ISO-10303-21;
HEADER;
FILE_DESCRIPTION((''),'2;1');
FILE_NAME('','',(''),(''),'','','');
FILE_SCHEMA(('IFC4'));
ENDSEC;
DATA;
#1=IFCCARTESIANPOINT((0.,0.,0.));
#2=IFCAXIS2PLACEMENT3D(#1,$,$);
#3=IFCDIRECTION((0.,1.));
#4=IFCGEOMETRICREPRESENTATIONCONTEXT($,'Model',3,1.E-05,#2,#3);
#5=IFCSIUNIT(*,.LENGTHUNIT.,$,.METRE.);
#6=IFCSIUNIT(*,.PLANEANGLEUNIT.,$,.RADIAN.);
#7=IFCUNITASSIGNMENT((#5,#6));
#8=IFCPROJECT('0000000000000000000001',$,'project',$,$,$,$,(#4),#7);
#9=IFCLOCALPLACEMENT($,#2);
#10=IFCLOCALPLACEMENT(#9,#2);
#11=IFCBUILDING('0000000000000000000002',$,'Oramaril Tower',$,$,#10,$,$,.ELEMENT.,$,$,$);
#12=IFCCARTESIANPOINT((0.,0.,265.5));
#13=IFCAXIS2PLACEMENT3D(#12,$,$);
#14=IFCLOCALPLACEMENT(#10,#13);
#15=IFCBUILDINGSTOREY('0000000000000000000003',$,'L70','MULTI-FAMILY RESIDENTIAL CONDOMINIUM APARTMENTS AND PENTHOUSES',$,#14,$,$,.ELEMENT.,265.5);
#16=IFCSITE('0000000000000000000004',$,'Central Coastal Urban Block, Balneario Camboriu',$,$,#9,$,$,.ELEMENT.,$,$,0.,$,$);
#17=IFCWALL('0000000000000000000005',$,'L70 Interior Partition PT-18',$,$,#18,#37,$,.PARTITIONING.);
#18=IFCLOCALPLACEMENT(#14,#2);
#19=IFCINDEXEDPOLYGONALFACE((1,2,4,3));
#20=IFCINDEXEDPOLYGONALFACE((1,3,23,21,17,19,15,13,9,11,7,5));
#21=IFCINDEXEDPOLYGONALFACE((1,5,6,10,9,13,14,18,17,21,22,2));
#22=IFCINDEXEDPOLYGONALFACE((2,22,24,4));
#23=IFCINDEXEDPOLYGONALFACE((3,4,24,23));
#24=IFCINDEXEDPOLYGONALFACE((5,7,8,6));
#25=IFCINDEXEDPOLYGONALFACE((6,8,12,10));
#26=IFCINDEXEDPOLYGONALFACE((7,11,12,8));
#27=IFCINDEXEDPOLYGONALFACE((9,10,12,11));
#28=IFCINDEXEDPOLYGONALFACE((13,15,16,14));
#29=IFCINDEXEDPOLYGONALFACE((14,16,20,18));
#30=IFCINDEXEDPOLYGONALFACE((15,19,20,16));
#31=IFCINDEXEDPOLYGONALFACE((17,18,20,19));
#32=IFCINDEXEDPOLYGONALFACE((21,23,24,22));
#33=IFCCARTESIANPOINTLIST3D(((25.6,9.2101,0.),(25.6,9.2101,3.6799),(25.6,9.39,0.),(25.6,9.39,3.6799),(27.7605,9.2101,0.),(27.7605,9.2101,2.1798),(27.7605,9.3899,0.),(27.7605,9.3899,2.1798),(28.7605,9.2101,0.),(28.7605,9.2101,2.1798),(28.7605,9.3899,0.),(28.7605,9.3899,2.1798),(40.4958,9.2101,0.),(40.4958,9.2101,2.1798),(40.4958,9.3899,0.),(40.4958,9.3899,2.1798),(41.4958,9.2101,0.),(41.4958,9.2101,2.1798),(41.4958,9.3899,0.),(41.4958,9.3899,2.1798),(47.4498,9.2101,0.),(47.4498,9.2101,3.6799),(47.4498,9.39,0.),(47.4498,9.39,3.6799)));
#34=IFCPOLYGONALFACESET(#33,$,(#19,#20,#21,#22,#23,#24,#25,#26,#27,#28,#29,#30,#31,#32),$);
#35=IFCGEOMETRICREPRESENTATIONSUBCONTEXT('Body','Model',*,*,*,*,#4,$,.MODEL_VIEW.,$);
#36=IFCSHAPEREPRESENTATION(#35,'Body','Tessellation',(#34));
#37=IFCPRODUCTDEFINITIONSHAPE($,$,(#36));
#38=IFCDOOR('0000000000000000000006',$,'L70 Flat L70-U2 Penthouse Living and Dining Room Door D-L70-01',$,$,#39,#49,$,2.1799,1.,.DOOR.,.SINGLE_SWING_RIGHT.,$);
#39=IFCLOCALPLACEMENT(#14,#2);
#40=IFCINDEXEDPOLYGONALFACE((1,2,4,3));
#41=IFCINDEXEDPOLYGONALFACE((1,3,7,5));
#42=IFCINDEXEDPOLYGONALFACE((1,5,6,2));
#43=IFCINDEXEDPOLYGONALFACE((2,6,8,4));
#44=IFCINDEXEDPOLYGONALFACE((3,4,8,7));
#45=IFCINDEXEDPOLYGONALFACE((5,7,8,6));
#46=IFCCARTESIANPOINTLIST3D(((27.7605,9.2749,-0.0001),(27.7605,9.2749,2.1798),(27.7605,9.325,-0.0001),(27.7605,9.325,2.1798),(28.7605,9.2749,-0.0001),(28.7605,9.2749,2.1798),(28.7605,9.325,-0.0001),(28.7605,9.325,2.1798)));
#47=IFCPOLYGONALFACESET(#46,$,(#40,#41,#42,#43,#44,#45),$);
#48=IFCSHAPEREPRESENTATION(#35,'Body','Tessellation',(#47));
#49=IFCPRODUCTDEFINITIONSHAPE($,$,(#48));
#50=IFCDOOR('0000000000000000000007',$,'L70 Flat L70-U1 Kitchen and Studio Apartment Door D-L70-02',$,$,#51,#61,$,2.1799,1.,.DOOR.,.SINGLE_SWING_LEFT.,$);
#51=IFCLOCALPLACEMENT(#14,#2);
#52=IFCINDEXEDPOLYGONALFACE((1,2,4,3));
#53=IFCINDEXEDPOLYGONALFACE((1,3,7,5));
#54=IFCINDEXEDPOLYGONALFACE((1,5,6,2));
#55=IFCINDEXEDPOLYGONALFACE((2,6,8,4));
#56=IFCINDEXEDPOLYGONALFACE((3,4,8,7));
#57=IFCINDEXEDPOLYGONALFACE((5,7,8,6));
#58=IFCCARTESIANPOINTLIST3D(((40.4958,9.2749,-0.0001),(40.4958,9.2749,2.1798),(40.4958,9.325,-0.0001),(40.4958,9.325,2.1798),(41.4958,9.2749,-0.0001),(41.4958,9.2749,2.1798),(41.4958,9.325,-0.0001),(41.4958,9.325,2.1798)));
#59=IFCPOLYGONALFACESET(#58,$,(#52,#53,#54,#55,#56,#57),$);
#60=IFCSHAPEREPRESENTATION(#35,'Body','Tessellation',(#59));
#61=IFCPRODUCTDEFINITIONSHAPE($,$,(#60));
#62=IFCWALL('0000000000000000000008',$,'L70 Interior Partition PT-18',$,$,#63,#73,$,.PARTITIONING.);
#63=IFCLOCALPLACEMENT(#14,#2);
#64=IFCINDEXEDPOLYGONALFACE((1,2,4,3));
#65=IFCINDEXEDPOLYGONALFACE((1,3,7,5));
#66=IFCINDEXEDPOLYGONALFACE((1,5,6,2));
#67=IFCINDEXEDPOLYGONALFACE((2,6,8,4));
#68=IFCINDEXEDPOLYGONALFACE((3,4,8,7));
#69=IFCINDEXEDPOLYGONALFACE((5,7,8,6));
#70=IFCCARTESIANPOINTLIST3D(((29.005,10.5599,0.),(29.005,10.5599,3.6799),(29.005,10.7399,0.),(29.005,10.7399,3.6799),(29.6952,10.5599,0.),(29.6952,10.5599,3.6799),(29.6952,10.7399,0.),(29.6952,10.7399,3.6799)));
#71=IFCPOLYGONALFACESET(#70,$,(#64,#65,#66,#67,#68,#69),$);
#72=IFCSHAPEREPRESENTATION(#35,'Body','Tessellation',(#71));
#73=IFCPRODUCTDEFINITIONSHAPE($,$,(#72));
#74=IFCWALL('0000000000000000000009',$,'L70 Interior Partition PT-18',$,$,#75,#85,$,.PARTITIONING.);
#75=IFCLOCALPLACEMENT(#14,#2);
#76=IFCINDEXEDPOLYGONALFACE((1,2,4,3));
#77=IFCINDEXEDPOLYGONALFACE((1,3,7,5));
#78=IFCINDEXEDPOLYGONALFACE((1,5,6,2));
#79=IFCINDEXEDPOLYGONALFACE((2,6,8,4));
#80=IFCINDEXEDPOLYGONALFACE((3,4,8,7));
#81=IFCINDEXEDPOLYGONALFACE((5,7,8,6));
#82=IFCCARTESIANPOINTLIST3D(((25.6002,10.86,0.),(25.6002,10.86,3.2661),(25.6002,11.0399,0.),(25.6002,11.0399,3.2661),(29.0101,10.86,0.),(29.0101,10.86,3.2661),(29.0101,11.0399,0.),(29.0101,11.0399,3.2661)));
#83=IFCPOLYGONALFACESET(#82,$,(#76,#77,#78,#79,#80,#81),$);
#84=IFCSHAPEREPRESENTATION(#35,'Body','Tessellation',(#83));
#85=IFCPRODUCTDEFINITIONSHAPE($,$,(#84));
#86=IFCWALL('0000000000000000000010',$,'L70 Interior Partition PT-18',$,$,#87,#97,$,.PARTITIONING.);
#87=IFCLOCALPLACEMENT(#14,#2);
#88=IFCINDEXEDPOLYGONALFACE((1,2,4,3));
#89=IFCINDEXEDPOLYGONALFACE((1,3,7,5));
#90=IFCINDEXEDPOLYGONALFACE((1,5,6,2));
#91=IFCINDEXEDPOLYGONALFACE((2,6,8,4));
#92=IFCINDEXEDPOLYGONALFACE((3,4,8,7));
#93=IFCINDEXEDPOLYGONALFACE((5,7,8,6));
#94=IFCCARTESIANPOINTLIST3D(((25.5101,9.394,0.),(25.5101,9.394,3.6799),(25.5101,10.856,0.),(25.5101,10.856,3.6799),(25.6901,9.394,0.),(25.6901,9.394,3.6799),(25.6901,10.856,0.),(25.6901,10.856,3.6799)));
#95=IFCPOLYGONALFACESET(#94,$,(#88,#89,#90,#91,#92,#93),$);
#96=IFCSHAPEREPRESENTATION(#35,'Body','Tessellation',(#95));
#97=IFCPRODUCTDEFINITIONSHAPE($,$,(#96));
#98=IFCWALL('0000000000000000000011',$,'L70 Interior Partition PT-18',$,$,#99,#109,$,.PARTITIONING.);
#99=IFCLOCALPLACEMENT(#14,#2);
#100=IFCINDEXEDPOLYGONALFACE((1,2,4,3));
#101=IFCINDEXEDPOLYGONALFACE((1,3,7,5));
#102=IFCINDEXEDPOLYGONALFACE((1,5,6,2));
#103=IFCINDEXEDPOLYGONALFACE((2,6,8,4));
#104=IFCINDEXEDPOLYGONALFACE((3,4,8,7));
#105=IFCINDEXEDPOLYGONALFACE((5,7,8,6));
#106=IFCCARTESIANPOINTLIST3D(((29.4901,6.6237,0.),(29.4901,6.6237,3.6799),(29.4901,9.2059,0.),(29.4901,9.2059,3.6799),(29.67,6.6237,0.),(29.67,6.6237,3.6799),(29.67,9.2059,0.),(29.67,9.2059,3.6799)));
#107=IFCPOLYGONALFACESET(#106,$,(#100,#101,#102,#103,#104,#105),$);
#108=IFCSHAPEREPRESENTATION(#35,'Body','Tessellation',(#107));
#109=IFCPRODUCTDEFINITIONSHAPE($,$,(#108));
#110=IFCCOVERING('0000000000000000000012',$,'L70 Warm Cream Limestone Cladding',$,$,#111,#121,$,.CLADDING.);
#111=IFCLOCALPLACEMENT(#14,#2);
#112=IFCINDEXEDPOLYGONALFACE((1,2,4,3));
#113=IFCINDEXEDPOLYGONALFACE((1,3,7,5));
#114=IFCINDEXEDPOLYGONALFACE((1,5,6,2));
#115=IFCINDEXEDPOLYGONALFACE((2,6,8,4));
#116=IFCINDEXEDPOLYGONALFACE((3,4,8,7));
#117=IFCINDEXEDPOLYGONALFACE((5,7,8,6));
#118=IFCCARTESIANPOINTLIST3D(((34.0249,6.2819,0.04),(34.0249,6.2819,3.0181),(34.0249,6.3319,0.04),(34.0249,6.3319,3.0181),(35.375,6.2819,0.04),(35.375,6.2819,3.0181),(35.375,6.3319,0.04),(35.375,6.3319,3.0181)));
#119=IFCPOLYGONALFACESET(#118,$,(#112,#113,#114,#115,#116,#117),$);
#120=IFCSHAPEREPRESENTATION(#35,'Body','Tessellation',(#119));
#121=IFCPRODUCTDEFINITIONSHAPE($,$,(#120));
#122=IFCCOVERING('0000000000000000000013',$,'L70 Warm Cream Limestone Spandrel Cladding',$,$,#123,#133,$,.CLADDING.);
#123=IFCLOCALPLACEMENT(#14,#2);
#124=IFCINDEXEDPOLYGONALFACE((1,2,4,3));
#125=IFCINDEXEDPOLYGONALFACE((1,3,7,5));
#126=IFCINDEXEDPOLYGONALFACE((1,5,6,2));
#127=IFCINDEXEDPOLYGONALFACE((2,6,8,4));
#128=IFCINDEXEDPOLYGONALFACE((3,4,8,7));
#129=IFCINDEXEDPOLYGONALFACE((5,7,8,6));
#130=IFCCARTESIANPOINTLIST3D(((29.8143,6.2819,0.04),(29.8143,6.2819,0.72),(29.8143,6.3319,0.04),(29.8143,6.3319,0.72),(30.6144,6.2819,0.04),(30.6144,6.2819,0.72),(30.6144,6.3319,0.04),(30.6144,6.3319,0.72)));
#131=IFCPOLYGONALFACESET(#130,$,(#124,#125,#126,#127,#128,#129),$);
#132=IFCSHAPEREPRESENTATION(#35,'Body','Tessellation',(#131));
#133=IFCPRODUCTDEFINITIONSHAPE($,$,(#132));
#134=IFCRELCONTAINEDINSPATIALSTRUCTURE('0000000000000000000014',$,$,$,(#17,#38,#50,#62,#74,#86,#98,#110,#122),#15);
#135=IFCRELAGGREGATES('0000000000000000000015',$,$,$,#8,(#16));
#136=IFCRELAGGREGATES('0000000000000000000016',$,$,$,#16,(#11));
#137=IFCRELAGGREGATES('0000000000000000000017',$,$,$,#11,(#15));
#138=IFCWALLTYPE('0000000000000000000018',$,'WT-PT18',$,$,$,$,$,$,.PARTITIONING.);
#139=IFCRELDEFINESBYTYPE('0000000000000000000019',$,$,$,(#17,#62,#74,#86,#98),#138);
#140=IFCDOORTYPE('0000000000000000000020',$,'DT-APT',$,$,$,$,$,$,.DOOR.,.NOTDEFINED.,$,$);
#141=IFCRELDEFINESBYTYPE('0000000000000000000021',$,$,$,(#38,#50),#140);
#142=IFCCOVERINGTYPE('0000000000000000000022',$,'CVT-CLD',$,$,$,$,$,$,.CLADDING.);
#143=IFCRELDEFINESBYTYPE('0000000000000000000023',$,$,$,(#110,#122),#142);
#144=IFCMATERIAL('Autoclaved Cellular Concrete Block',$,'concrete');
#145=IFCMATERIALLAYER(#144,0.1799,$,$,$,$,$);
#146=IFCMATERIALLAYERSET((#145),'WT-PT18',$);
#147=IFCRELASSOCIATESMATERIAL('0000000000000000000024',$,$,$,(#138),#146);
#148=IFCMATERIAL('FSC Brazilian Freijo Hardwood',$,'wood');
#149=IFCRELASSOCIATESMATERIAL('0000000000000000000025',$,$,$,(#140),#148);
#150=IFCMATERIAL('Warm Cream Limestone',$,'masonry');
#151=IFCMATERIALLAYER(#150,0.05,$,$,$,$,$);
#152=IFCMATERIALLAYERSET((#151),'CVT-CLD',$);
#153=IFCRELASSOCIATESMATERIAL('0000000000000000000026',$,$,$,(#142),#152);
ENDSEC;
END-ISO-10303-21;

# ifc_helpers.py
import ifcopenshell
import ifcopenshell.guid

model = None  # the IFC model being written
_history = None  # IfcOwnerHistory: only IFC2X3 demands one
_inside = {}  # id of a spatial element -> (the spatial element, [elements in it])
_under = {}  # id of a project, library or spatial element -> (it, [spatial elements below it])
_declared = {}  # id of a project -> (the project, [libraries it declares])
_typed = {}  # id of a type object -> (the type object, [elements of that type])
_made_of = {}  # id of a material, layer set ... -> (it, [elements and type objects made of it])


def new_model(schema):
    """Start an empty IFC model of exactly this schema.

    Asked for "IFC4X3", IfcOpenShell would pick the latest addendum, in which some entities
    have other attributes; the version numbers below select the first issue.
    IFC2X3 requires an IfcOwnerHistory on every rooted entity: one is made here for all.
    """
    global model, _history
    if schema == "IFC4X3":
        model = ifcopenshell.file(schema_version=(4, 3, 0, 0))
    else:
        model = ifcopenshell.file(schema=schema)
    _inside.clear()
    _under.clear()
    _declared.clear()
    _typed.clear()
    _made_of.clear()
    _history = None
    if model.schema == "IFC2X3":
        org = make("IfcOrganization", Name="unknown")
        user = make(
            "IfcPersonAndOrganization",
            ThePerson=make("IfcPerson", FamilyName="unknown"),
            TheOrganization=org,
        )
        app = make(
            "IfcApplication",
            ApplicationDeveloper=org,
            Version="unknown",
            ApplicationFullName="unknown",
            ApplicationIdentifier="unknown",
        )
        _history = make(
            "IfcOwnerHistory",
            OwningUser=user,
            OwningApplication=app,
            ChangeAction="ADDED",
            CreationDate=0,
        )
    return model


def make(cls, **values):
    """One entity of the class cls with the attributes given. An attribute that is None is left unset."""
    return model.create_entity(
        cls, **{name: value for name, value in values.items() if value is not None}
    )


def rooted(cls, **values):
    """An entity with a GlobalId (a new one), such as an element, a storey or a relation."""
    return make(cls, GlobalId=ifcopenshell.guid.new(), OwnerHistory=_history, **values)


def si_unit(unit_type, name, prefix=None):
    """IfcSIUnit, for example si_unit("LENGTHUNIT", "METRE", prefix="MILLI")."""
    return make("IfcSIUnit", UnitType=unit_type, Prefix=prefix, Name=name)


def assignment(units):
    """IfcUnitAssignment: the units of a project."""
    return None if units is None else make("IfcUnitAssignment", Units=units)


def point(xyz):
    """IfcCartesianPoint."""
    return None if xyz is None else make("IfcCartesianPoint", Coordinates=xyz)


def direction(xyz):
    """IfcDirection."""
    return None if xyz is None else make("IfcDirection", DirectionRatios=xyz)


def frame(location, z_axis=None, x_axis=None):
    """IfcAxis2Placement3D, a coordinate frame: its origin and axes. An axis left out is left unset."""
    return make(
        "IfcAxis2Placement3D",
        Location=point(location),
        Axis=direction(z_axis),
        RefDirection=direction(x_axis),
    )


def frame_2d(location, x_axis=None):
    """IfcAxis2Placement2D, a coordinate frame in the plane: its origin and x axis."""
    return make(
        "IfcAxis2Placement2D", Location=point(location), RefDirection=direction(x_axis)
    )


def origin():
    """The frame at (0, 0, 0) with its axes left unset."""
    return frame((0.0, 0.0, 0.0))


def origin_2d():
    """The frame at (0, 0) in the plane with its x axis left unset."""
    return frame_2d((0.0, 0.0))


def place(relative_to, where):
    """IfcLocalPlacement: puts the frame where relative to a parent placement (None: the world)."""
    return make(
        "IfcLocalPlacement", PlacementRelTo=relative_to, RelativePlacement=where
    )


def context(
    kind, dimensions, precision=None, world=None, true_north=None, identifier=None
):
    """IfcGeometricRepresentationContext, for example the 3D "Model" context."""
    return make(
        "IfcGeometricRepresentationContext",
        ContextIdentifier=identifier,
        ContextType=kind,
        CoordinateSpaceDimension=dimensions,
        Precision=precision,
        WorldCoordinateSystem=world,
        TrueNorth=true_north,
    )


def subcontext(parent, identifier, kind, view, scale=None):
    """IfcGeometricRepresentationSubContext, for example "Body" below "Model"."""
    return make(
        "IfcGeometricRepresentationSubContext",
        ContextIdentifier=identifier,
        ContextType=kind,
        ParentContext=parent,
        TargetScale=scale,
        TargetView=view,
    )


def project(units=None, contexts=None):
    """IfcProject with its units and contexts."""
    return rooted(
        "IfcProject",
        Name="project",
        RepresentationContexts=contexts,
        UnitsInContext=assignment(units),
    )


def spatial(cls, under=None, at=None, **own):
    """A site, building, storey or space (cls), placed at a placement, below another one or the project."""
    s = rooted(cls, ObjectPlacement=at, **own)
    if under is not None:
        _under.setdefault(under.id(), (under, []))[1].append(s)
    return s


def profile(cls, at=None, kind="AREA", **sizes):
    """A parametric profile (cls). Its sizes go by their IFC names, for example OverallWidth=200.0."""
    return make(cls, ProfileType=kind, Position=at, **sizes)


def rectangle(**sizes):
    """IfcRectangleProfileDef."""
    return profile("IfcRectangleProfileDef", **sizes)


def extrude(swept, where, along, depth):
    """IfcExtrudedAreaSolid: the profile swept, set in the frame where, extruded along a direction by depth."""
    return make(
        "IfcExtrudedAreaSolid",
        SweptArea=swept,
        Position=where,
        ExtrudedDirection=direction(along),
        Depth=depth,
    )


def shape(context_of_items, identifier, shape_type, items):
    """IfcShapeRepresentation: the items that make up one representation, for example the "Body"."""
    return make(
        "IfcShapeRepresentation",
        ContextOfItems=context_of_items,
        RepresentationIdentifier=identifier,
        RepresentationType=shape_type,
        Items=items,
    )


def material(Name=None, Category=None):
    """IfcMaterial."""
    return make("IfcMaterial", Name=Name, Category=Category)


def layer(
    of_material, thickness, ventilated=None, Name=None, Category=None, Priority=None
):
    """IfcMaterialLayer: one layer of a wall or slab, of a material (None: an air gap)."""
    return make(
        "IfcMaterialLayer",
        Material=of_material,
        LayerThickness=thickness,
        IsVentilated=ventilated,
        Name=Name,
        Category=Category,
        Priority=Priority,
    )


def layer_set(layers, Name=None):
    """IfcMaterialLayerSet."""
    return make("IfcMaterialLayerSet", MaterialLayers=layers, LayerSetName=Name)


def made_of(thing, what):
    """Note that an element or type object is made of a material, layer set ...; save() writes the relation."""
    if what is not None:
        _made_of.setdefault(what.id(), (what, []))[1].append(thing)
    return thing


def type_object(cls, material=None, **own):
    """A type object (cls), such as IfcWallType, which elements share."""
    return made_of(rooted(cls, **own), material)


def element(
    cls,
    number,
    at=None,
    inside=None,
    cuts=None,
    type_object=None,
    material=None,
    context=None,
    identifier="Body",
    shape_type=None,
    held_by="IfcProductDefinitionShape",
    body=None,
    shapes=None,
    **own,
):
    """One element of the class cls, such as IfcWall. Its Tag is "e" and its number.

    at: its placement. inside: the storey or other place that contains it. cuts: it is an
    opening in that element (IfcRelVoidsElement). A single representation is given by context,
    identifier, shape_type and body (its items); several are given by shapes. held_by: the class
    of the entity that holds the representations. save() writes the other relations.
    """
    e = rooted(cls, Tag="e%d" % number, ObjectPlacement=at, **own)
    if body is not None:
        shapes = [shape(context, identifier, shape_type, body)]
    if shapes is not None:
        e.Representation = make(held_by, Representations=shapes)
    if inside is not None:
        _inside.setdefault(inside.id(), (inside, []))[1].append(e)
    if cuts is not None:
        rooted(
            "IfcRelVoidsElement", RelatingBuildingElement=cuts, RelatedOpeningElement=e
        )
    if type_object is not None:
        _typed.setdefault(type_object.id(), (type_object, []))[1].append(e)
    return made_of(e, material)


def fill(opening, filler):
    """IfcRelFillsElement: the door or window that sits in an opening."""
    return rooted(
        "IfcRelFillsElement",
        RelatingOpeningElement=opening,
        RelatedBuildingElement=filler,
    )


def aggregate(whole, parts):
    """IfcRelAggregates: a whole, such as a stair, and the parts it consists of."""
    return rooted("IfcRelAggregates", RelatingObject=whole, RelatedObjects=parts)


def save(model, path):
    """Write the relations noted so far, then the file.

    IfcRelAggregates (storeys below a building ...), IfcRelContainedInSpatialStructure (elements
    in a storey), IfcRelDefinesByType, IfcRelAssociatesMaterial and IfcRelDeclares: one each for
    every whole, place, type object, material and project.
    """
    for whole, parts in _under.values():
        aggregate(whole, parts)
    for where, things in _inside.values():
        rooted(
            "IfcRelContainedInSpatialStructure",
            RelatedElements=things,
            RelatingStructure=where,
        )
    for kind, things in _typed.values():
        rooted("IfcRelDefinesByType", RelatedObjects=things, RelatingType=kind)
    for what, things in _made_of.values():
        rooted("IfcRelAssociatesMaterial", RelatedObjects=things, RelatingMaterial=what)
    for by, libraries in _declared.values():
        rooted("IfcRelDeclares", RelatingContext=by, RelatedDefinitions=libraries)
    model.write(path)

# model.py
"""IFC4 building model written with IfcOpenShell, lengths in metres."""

from ifc_helpers import new_model, si_unit, direction, frame, frame_2d, origin, origin_2d, place, context, subcontext, project, spatial, rectangle, extrude, material, layer, layer_set, type_object, element, fill, save


model = new_model("IFC4")

# Units and contexts
model_context = context("Model", 3, precision=1e-05, world=origin(), true_north=direction((0.0, 1.0)))
body_context = subcontext(model_context, "Body", "Model", "MODEL_VIEW")
ifc_project = project(units=[si_unit("LENGTHUNIT", "METRE"), si_unit("PLANEANGLEUNIT", "RADIAN")], contexts=[model_context])

# Site, building, storey
site_placement = place(None, origin())
site = spatial("IfcSite", under=ifc_project, at=site_placement, Name="Central Coastal Urban Block, Balneario Camboriu", CompositionType="ELEMENT", RefElevation=0.0)
building_placement = place(site_placement, origin())
building = spatial("IfcBuilding", under=site, at=building_placement, Name="Oramaril Tower", CompositionType="ELEMENT")
storey_placement = place(building_placement, frame((0.0, 0.0, 265.5)))
storey = spatial("IfcBuildingStorey", under=building, at=storey_placement, Name="L70", Description="MULTI-FAMILY RESIDENTIAL CONDOMINIUM APARTMENTS AND PENTHOUSES", CompositionType="ELEMENT", Elevation=265.5)

# Wall, openings, doors
ifc_material_1 = material(Name="Autoclaved Cellular Concrete Block", Category="concrete")
ifc_layer_1 = layer(ifc_material_1, 0.1799)
ifc_layer_set_1 = layer_set([ifc_layer_1], Name="WT-PT18")
wall_type_1 = type_object("IfcWallType", Name="WT-PT18", PredefinedType="PARTITIONING", material=ifc_layer_set_1)
wall_1_placement = place(storey_placement, frame((25.6001, 9.3, 0.0), z_axis=(0.0, 0.0, 1.0), x_axis=(1.0, 0.0, 0.0)))
wall_1 = element("IfcWall", 1, at=wall_1_placement, inside=storey, type_object=wall_type_1, Name="L70 Interior Partition PT-18", PredefinedType="PARTITIONING", context=body_context, shape_type="SweptSolid", body=[
    extrude(rectangle(XDim=21.8499, YDim=0.1799, at=frame_2d((10.9248, 0.0))), origin(), (0.0, 0.0, 1.0), 3.6799),
])
opening_1_placement = place(wall_1_placement, frame((2.1604, 0.0, 0.0)))
opening_1 = element("IfcOpeningElement", 2, at=opening_1_placement, cuts=wall_1, PredefinedType="OPENING", context=body_context, shape_type="SweptSolid", body=[
    extrude(rectangle(XDim=1.0, YDim=2.1799, at=frame_2d((0.5, 1.0898))), frame((0.0, 0.0898, 0.0), z_axis=(0.0, -1.0, 0.0), x_axis=(1.0, 0.0, 0.0)), (0.0, 0.0, 1.0), 0.1799),
])
opening_2_placement = place(wall_1_placement, frame((14.8958, 0.0, 0.0)))
opening_2 = element("IfcOpeningElement", 3, at=opening_2_placement, cuts=wall_1, PredefinedType="OPENING", context=body_context, shape_type="SweptSolid", body=[
    extrude(rectangle(XDim=1.0, YDim=2.1799, at=frame_2d((0.5, 1.0898))), frame((0.0, 0.0898, 0.0), z_axis=(0.0, -1.0, 0.0), x_axis=(1.0, 0.0, 0.0)), (0.0, 0.0, 1.0), 0.1799),
])
ifc_material_2 = material(Name="FSC Brazilian Freijo Hardwood", Category="wood")
door_type_1 = type_object("IfcDoorType", Name="DT-APT", OperationType="NOTDEFINED", PredefinedType="DOOR", material=ifc_material_2)
door_1_placement = place(opening_1_placement, origin())
door_1 = element("IfcDoor", 4, at=door_1_placement, inside=storey, type_object=door_type_1, Name="L70 Flat L70-U2 Penthouse Living and Dining Room Door D-L70-01", OperationType="SINGLE_SWING_RIGHT", OverallHeight=2.1799, OverallWidth=1.0, PredefinedType="DOOR", context=body_context, shape_type="SweptSolid", body=[
    extrude(rectangle(XDim=1.0, YDim=2.1799, at=frame_2d((0.5, 1.0898))), frame((0.0, 0.0249, 0.0), z_axis=(0.0, -1.0, 0.0), x_axis=(1.0, 0.0, 0.0)), (0.0, 0.0, 1.0), 0.05),
])
fill(opening_1, door_1)
door_2_placement = place(opening_2_placement, origin())
door_2 = element("IfcDoor", 5, at=door_2_placement, inside=storey, type_object=door_type_1, Name="L70 Flat L70-U1 Kitchen and Studio Apartment Door D-L70-02", OperationType="SINGLE_SWING_LEFT", OverallHeight=2.1799, OverallWidth=1.0, PredefinedType="DOOR", context=body_context, shape_type="SweptSolid", body=[
    extrude(rectangle(XDim=1.0, YDim=2.1799, at=frame_2d((0.5, 1.0898))), frame((0.0, 0.0249, 0.0), z_axis=(0.0, -1.0, 0.0), x_axis=(1.0, 0.0, 0.0)), (0.0, 0.0, 1.0), 0.05),
])
fill(opening_2, door_2)

# Walls
wall_2_placement = place(storey_placement, frame((29.0049, 10.6499, 0.0), z_axis=(0.0, 0.0, 1.0), x_axis=(1.0, 0.0, 0.0)))
element("IfcWall", 6, at=wall_2_placement, inside=storey, type_object=wall_type_1, Name="L70 Interior Partition PT-18", PredefinedType="PARTITIONING", context=body_context, shape_type="SweptSolid", body=[
    extrude(rectangle(XDim=0.6902, YDim=0.1799, at=frame_2d((0.3452, 0.0))), origin(), (0.0, 0.0, 1.0), 3.6799),
])
wall_3_placement = place(storey_placement, frame((25.6001, 10.95, 0.0), z_axis=(0.0, 0.0, 1.0), x_axis=(1.0, 0.0, 0.0)))
element("IfcWall", 7, at=wall_3_placement, inside=storey, type_object=wall_type_1, Name="L70 Interior Partition PT-18", PredefinedType="PARTITIONING", context=body_context, shape_type="SweptSolid", body=[
    extrude(rectangle(XDim=3.4099, YDim=0.1799, at=frame_2d((1.7051, 0.0))), origin(), (0.0, 0.0, 1.0), 3.2661),
])
wall_4_placement = place(storey_placement, frame((25.6001, 9.394, 0.0), z_axis=(0.0, 0.0, 1.0), x_axis=(0.0, 1.0, 0.0)))
element("IfcWall", 8, at=wall_4_placement, inside=storey, type_object=wall_type_1, Name="L70 Interior Partition PT-18", PredefinedType="PARTITIONING", context=body_context, shape_type="SweptSolid", body=[
    extrude(rectangle(XDim=1.4619, YDim=0.1799, at=frame_2d((0.731, 0.0))), origin(), (0.0, 0.0, 1.0), 3.6799),
])
wall_5_placement = place(storey_placement, frame((29.5801, 6.6238, 0.0), z_axis=(0.0, 0.0, 1.0), x_axis=(0.0, 1.0, 0.0)))
element("IfcWall", 9, at=wall_5_placement, inside=storey, type_object=wall_type_1, Name="L70 Interior Partition PT-18", PredefinedType="PARTITIONING", context=body_context, shape_type="SweptSolid", body=[
    extrude(rectangle(XDim=2.5823, YDim=0.1799, at=frame_2d((1.291, 0.0))), origin(), (0.0, 0.0, 1.0), 3.6799),
])

# Coverings
ifc_material_3 = material(Name="Warm Cream Limestone", Category="masonry")
ifc_layer_2 = layer(ifc_material_3, 0.05)
ifc_layer_set_2 = layer_set([ifc_layer_2], Name="CVT-CLD")
covering_type = type_object("IfcCoveringType", Name="CVT-CLD", PredefinedType="CLADDING", material=ifc_layer_set_2)
covering_1_placement = place(storey_placement, frame((34.7, 6.3069, 0.04), z_axis=(0.0, 0.0, 1.0), x_axis=(1.0, 0.0, 0.0)))
element("IfcCovering", 10, at=covering_1_placement, inside=storey, type_object=covering_type, Name="L70 Warm Cream Limestone Cladding", PredefinedType="CLADDING", context=body_context, shape_type="SweptSolid", body=[
    extrude(rectangle(XDim=1.3501, YDim=0.05, at=origin_2d()), origin(), (0.0, 0.0, 1.0), 2.978),
])
covering_2_placement = place(storey_placement, frame((30.2144, 6.3069, 0.04), z_axis=(0.0, 0.0, 1.0), x_axis=(1.0, 0.0, 0.0)))
element("IfcCovering", 11, at=covering_2_placement, inside=storey, type_object=covering_type, Name="L70 Warm Cream Limestone Spandrel Cladding", PredefinedType="CLADDING", context=body_context, shape_type="SweptSolid", body=[
    extrude(rectangle(XDim=0.8, YDim=0.05, at=origin_2d()), origin(), (0.0, 0.0, 1.0), 0.6799),
])

save(model, "model.ifc")
